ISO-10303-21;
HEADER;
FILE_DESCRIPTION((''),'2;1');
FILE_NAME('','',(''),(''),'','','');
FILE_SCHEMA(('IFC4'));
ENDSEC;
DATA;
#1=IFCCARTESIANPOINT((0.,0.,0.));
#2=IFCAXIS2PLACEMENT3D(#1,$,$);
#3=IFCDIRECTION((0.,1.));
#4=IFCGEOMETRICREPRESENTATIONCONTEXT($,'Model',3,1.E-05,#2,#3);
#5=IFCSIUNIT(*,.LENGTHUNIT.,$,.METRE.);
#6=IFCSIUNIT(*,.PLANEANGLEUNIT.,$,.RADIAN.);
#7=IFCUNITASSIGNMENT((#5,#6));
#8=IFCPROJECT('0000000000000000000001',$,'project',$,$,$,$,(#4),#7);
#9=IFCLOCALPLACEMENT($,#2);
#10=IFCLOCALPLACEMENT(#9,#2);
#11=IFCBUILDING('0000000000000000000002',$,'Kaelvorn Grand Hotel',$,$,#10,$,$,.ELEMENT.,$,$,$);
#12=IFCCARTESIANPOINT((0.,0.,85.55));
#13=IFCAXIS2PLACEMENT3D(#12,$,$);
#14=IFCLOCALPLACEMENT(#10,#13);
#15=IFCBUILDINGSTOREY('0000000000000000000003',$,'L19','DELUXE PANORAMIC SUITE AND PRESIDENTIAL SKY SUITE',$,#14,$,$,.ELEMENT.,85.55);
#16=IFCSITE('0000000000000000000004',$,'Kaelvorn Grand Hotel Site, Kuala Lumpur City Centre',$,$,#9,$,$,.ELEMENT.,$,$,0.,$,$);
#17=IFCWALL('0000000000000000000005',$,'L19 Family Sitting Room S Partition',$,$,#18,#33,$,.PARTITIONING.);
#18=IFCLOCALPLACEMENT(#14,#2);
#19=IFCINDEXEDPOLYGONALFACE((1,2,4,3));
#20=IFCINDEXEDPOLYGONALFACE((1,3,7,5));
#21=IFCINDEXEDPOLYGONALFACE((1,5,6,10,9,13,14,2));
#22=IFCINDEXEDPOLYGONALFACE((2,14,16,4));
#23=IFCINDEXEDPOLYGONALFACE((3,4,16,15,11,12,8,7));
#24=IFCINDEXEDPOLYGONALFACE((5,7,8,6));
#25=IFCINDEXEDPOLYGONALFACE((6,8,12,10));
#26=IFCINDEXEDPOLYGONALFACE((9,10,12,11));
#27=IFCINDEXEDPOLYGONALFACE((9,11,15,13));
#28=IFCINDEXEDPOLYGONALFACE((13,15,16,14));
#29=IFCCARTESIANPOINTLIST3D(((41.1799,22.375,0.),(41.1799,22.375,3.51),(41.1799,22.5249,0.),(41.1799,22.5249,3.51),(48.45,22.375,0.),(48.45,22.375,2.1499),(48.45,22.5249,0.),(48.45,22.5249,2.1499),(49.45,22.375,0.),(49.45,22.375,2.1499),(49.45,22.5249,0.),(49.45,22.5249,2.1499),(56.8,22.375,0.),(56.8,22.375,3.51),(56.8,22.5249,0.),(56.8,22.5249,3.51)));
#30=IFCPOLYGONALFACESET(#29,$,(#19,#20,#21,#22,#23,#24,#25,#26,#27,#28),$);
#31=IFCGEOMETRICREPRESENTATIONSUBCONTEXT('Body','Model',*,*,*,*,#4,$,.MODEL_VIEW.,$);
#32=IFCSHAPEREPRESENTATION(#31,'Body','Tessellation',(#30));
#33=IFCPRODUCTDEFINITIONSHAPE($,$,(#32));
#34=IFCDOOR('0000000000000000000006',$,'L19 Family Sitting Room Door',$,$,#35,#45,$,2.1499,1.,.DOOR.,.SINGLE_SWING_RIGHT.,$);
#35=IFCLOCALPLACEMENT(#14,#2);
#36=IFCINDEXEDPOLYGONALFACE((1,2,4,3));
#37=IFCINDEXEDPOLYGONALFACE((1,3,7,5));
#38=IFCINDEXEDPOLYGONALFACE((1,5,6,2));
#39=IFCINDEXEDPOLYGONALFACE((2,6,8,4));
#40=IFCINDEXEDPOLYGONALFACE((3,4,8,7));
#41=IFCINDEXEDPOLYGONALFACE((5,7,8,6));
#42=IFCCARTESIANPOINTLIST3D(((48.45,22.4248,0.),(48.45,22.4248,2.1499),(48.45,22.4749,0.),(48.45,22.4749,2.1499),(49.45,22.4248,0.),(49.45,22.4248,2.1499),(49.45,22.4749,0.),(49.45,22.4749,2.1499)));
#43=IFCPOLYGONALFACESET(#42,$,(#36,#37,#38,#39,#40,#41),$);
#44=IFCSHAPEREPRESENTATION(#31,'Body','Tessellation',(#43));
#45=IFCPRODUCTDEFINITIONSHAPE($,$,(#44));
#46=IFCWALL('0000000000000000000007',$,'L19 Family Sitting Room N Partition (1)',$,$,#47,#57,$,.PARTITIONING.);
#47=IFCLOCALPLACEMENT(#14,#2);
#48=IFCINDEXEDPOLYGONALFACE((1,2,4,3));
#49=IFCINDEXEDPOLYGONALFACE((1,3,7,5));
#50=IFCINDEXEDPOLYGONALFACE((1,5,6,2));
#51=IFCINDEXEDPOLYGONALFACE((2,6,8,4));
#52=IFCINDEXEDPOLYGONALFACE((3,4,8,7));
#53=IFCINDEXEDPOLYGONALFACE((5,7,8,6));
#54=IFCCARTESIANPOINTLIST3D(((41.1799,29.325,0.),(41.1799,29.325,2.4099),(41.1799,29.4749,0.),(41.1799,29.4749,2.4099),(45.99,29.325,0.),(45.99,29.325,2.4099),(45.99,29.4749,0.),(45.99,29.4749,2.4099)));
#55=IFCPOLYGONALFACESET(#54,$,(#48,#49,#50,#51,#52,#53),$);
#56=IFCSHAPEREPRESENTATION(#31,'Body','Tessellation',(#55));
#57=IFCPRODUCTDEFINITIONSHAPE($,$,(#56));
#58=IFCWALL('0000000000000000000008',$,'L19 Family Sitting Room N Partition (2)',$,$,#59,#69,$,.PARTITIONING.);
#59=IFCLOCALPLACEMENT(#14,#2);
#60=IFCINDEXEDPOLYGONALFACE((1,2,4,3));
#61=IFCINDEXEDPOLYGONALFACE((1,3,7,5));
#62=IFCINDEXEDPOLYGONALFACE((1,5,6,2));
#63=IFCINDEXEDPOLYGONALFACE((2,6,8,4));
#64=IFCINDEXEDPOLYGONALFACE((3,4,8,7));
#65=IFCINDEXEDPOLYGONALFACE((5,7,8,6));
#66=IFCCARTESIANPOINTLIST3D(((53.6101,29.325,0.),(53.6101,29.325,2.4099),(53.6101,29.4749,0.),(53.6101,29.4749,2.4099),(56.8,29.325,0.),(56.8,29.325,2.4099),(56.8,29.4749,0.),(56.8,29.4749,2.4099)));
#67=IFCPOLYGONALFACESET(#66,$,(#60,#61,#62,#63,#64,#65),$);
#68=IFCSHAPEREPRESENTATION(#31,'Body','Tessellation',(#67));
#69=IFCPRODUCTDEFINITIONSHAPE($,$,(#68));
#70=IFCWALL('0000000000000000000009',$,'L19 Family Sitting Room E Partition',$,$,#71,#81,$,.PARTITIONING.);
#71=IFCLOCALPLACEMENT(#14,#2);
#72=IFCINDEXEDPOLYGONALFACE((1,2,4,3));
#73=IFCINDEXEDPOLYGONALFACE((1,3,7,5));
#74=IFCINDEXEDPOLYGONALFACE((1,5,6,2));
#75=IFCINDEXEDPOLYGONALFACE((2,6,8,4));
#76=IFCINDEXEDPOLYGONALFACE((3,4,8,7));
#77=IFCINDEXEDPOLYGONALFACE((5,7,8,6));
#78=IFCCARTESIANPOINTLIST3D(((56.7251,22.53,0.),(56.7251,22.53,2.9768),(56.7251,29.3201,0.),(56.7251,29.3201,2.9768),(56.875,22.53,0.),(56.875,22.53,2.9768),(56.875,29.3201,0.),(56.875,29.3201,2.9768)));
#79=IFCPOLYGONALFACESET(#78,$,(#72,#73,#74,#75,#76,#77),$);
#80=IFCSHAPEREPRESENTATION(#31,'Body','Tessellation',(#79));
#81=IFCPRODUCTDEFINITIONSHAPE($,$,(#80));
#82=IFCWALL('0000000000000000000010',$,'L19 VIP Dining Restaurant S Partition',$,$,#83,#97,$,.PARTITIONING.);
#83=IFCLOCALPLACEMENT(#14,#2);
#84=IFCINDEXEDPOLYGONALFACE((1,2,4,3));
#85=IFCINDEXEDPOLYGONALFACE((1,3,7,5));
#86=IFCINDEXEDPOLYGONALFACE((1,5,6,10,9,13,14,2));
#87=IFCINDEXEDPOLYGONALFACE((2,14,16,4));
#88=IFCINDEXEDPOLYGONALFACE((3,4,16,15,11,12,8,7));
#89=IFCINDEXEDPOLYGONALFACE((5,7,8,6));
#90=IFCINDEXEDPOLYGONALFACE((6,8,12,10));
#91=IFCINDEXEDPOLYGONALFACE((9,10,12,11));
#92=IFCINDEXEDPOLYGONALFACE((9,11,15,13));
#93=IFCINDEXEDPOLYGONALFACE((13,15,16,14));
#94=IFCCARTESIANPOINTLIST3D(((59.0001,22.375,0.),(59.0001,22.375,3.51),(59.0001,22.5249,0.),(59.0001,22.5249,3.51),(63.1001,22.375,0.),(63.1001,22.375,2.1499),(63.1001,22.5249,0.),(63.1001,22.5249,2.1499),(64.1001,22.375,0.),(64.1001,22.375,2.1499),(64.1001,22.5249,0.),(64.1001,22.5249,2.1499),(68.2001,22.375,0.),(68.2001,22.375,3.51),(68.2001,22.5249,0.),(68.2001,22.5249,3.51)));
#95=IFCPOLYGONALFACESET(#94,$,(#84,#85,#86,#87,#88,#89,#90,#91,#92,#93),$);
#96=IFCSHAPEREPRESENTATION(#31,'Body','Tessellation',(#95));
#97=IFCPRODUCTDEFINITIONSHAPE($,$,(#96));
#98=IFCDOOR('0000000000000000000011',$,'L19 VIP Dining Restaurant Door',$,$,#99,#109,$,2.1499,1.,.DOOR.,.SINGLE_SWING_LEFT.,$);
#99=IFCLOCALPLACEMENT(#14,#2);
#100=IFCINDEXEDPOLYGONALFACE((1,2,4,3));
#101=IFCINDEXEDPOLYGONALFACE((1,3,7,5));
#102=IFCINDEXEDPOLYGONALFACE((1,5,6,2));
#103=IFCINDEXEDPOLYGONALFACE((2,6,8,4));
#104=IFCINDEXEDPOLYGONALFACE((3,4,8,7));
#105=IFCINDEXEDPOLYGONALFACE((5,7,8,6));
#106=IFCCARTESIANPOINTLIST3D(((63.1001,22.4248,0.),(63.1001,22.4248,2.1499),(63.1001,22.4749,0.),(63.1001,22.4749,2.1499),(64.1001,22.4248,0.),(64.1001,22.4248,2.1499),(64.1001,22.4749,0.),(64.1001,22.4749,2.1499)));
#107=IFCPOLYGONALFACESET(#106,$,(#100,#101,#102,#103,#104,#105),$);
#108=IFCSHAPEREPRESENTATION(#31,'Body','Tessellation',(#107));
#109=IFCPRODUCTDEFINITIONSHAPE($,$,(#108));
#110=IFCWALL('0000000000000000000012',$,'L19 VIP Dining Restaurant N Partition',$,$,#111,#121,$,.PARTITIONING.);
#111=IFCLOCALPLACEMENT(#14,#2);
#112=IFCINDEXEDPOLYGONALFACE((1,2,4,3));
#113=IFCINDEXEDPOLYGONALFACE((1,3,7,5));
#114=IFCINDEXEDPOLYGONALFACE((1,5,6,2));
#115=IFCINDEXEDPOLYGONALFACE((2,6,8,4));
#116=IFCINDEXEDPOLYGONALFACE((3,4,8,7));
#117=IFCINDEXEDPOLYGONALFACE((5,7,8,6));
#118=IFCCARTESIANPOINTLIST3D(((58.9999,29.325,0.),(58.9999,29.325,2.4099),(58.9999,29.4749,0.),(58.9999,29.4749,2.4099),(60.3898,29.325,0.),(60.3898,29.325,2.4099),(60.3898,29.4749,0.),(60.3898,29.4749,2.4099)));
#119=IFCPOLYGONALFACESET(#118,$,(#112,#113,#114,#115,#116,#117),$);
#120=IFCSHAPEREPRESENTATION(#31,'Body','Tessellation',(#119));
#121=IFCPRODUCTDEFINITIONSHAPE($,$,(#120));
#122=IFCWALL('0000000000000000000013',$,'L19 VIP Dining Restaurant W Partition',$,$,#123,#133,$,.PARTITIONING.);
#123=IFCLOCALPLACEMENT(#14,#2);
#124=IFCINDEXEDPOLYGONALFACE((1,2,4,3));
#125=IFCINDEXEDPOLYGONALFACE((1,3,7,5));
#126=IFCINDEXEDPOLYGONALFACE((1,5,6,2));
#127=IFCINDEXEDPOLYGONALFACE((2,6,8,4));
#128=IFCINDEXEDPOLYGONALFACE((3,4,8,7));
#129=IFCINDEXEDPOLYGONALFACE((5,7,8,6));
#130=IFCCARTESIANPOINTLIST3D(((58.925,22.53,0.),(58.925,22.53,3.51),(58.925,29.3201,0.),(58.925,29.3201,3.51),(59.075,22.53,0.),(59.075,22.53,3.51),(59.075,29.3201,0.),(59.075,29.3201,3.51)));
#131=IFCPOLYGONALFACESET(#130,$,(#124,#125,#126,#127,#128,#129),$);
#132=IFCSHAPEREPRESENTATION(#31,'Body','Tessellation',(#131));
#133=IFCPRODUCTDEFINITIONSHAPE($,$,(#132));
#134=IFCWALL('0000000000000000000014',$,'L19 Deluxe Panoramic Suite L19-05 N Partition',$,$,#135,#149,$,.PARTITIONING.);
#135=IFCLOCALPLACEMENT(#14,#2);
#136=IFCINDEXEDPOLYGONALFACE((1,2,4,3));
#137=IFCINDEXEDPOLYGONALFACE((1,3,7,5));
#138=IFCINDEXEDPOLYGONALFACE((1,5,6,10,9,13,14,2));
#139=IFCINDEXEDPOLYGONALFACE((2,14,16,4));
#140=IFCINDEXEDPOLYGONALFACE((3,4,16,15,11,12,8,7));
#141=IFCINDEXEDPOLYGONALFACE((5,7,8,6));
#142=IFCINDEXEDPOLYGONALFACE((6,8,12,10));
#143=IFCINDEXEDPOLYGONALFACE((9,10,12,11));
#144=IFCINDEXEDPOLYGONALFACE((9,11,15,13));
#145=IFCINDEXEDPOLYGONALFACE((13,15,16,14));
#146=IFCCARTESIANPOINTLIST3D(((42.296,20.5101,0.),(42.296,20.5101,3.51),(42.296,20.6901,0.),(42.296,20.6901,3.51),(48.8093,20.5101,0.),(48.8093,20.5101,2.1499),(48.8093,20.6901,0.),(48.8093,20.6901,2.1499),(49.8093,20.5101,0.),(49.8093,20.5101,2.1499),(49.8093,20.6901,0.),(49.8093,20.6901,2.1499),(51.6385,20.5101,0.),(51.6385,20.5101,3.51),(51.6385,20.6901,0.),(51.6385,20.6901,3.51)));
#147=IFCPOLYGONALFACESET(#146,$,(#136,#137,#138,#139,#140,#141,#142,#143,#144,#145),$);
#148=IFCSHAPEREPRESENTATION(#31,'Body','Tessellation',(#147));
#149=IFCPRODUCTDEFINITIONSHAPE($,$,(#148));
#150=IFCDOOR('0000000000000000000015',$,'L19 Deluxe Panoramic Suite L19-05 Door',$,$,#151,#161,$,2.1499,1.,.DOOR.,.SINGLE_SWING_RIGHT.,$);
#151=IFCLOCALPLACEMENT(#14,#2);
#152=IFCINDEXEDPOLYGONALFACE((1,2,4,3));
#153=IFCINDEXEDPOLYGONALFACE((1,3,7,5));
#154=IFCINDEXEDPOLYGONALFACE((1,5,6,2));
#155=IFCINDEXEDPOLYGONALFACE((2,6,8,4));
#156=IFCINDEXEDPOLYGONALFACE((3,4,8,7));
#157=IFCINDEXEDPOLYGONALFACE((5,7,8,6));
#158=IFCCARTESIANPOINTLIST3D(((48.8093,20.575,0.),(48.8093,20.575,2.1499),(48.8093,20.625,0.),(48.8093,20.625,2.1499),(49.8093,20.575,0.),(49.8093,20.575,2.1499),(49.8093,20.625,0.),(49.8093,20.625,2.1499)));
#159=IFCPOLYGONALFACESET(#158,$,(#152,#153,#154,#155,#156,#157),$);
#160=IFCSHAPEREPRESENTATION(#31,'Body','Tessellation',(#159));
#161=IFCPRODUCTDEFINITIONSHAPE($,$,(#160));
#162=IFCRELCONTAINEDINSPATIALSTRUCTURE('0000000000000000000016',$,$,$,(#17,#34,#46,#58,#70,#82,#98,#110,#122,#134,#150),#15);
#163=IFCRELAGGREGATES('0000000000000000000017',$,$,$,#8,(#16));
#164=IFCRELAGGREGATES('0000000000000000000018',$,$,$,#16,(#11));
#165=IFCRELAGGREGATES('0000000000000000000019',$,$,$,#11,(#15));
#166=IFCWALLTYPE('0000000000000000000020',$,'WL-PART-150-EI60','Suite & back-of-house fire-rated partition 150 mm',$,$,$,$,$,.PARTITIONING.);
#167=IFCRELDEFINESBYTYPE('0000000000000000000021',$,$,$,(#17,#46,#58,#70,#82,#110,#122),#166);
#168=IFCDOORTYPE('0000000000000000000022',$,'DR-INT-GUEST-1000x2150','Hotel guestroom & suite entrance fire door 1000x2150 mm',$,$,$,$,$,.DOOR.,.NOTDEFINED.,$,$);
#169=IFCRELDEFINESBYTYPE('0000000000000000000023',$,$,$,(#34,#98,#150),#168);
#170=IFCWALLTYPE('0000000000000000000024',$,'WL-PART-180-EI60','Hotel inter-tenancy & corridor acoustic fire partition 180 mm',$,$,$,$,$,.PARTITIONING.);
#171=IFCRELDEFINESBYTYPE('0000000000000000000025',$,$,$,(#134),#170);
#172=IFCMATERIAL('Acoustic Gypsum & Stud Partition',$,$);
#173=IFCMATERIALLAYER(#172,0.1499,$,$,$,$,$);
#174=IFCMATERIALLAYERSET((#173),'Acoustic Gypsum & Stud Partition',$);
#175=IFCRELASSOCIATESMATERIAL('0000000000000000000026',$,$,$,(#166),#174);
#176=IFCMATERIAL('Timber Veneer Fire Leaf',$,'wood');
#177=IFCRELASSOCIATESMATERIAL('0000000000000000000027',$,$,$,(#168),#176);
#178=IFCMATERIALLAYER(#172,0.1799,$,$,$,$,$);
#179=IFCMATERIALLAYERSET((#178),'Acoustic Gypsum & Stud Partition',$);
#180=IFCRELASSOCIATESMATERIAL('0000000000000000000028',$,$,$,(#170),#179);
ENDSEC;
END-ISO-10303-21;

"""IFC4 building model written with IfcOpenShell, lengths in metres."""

from ifc_helpers import new_model, si_unit, direction, frame, frame_2d, origin, place, context, subcontext, project, spatial, rectangle, extrude, material, layer, layer_set, type_object, element, fill, save


model = new_model("IFC4")

# Units and contexts
model_context = context("Model", 3, precision=1e-05, world=origin(), true_north=direction((0.0, 1.0)))
body_context = subcontext(model_context, "Body", "Model", "MODEL_VIEW")
ifc_project = project(units=[si_unit("LENGTHUNIT", "METRE"), si_unit("PLANEANGLEUNIT", "RADIAN")], contexts=[model_context])

# Site, building, storey
site_placement = place(None, origin())
site = spatial("IfcSite", under=ifc_project, at=site_placement, Name="Kaelvorn Grand Hotel Site, Kuala Lumpur City Centre", CompositionType="ELEMENT", RefElevation=0.0)
building_placement = place(site_placement, origin())
building = spatial("IfcBuilding", under=site, at=building_placement, Name="Kaelvorn Grand Hotel", CompositionType="ELEMENT")
storey_placement = place(building_placement, frame((0.0, 0.0, 85.55)))
storey = spatial("IfcBuildingStorey", under=building, at=storey_placement, Name="L19", Description="DELUXE PANORAMIC SUITE AND PRESIDENTIAL SKY SUITE", CompositionType="ELEMENT", Elevation=85.55)

# Wall, opening, door
ifc_material_1 = material(Name="Acoustic Gypsum & Stud Partition")
ifc_layer_1 = layer(ifc_material_1, 0.1499)
ifc_layer_set_1 = layer_set([ifc_layer_1], Name="Acoustic Gypsum & Stud Partition")
wall_type_1 = type_object("IfcWallType", Name="WL-PART-150-EI60", Description="Suite & back-of-house fire-rated partition 150 mm", PredefinedType="PARTITIONING", material=ifc_layer_set_1)
wall_1_placement = place(storey_placement, frame((41.1799, 22.45, 0.0), z_axis=(0.0, 0.0, 1.0), x_axis=(1.0, 0.0, 0.0)))
wall_1 = element("IfcWall", 1, at=wall_1_placement, inside=storey, type_object=wall_type_1, Name="L19 Family Sitting Room S Partition", PredefinedType="PARTITIONING", context=body_context, shape_type="SweptSolid", body=[
    extrude(rectangle(XDim=15.6201, YDim=0.1499, at=frame_2d((7.8101, 0.0))), origin(), (0.0, 0.0, 1.0), 3.51),
])
opening_1_placement = place(wall_1_placement, frame((7.27, 0.0, 0.0)))
opening_1 = element("IfcOpeningElement", 2, at=opening_1_placement, cuts=wall_1, PredefinedType="OPENING", context=body_context, shape_type="SweptSolid", body=[
    extrude(rectangle(XDim=1.0, YDim=2.1499, at=frame_2d((0.5, 1.075))), frame((0.0, 0.085, 0.0), z_axis=(0.0, -1.0, 0.0), x_axis=(1.0, 0.0, 0.0)), (0.0, 0.0, 1.0), 0.1699),
])
ifc_material_2 = material(Name="Timber Veneer Fire Leaf", Category="wood")
door_type_1 = type_object("IfcDoorType", Name="DR-INT-GUEST-1000x2150", Description="Hotel guestroom & suite entrance fire door 1000x2150 mm", OperationType="NOTDEFINED", PredefinedType="DOOR", material=ifc_material_2)
door_1_placement = place(opening_1_placement, origin())
door_1 = element("IfcDoor", 3, at=door_1_placement, inside=storey, type_object=door_type_1, Name="L19 Family Sitting Room Door", OperationType="SINGLE_SWING_RIGHT", OverallHeight=2.1499, OverallWidth=1.0, PredefinedType="DOOR", context=body_context, shape_type="SweptSolid", body=[
    extrude(rectangle(XDim=1.0, YDim=2.1499, at=frame_2d((0.5, 1.075))), frame((0.0, 0.0249, 0.0), z_axis=(0.0, -1.0, 0.0), x_axis=(1.0, 0.0, 0.0)), (0.0, 0.0, 1.0), 0.05),
])
fill(opening_1, door_1)

# Walls
wall_2_placement = place(storey_placement, frame((41.1799, 29.3999, 0.0), z_axis=(0.0, 0.0, 1.0), x_axis=(1.0, 0.0, 0.0)))
element("IfcWall", 4, at=wall_2_placement, inside=storey, type_object=wall_type_1, Name="L19 Family Sitting Room N Partition (1)", PredefinedType="PARTITIONING", context=body_context, shape_type="SweptSolid", body=[
    extrude(rectangle(XDim=4.8101, YDim=0.1499, at=frame_2d((2.405, 0.0))), origin(), (0.0, 0.0, 1.0), 2.4099),
])
wall_3_placement = place(storey_placement, frame((53.6101, 29.3999, 0.0), z_axis=(0.0, 0.0, 1.0), x_axis=(1.0, 0.0, 0.0)))
element("IfcWall", 5, at=wall_3_placement, inside=storey, type_object=wall_type_1, Name="L19 Family Sitting Room N Partition (2)", PredefinedType="PARTITIONING", context=body_context, shape_type="SweptSolid", body=[
    extrude(rectangle(XDim=3.1899, YDim=0.1499, at=frame_2d((1.595, 0.0))), origin(), (0.0, 0.0, 1.0), 2.4099),
])
wall_4_placement = place(storey_placement, frame((56.8, 22.53, 0.0), z_axis=(0.0, 0.0, 1.0), x_axis=(0.0, 1.0, 0.0)))
element("IfcWall", 6, at=wall_4_placement, inside=storey, type_object=wall_type_1, Name="L19 Family Sitting Room E Partition", PredefinedType="PARTITIONING", context=body_context, shape_type="SweptSolid", body=[
    extrude(rectangle(XDim=6.79, YDim=0.1499, at=frame_2d((3.395, 0.0))), origin(), (0.0, 0.0, 1.0), 2.9768),
])

# Wall, opening, door
wall_5_placement = place(storey_placement, frame((59.0, 22.45, 0.0), z_axis=(0.0, 0.0, 1.0), x_axis=(1.0, 0.0, 0.0)))
wall_5 = element("IfcWall", 7, at=wall_5_placement, inside=storey, type_object=wall_type_1, Name="L19 VIP Dining Restaurant S Partition", PredefinedType="PARTITIONING", context=body_context, shape_type="SweptSolid", body=[
    extrude(rectangle(XDim=9.2, YDim=0.1499, at=frame_2d((4.6001, 0.0))), origin(), (0.0, 0.0, 1.0), 3.51),
])
opening_2_placement = place(wall_5_placement, frame((4.1001, 0.0, 0.0)))
opening_2 = element("IfcOpeningElement", 8, at=opening_2_placement, cuts=wall_5, PredefinedType="OPENING", context=body_context, shape_type="SweptSolid", body=[
    extrude(rectangle(XDim=1.0, YDim=2.1499, at=frame_2d((0.5, 1.075))), frame((0.0, 0.085, 0.0), z_axis=(0.0, -1.0, 0.0), x_axis=(1.0, 0.0, 0.0)), (0.0, 0.0, 1.0), 0.1699),
])
door_2_placement = place(opening_2_placement, origin())
door_2 = element("IfcDoor", 9, at=door_2_placement, inside=storey, type_object=door_type_1, Name="L19 VIP Dining Restaurant Door", OperationType="SINGLE_SWING_LEFT", OverallHeight=2.1499, OverallWidth=1.0, PredefinedType="DOOR", context=body_context, shape_type="SweptSolid", body=[
    extrude(rectangle(XDim=1.0, YDim=2.1499, at=frame_2d((0.5, 1.075))), frame((0.0, 0.0249, 0.0), z_axis=(0.0, -1.0, 0.0), x_axis=(1.0, 0.0, 0.0)), (0.0, 0.0, 1.0), 0.05),
])
fill(opening_2, door_2)

# Walls
wall_6_placement = place(storey_placement, frame((59.0, 29.3999, 0.0), z_axis=(0.0, 0.0, 1.0), x_axis=(1.0, 0.0, 0.0)))
element("IfcWall", 10, at=wall_6_placement, inside=storey, type_object=wall_type_1, Name="L19 VIP Dining Restaurant N Partition", PredefinedType="PARTITIONING", context=body_context, shape_type="SweptSolid", body=[
    extrude(rectangle(XDim=1.3899, YDim=0.1499, at=frame_2d((0.6948, 0.0))), origin(), (0.0, 0.0, 1.0), 2.4099),
])
wall_7_placement = place(storey_placement, frame((59.0, 22.53, 0.0), z_axis=(0.0, 0.0, 1.0), x_axis=(0.0, 1.0, 0.0)))
element("IfcWall", 11, at=wall_7_placement, inside=storey, type_object=wall_type_1, Name="L19 VIP Dining Restaurant W Partition", PredefinedType="PARTITIONING", context=body_context, shape_type="SweptSolid", body=[
    extrude(rectangle(XDim=6.79, YDim=0.1499, at=frame_2d((3.395, 0.0))), origin(), (0.0, 0.0, 1.0), 3.51),
])

# Wall, opening, door
ifc_layer_2 = layer(ifc_material_1, 0.1799)
ifc_layer_set_2 = layer_set([ifc_layer_2], Name="Acoustic Gypsum & Stud Partition")
wall_type_2 = type_object("IfcWallType", Name="WL-PART-180-EI60", Description="Hotel inter-tenancy & corridor acoustic fire partition 180 mm", PredefinedType="PARTITIONING", material=ifc_layer_set_2)
wall_8_placement = place(storey_placement, frame((42.2959, 20.6001, 0.0), z_axis=(0.0, 0.0, 1.0), x_axis=(1.0, 0.0, 0.0)))
wall_8 = element("IfcWall", 12, at=wall_8_placement, inside=storey, type_object=wall_type_2, Name="L19 Deluxe Panoramic Suite L19-05 N Partition", PredefinedType="PARTITIONING", context=body_context, shape_type="SweptSolid", body=[
    extrude(rectangle(XDim=9.3425, YDim=0.1799, at=frame_2d((4.6714, 0.0))), origin(), (0.0, 0.0, 1.0), 3.51),
])
opening_3_placement = place(wall_8_placement, frame((6.5134, 0.0, 0.0)))
opening_3 = element("IfcOpeningElement", 13, at=opening_3_placement, cuts=wall_8, PredefinedType="OPENING", context=body_context, shape_type="SweptSolid", body=[
    extrude(rectangle(XDim=1.0, YDim=2.1499, at=frame_2d((0.5, 1.075))), frame((0.0, 0.1001, 0.0), z_axis=(0.0, -1.0, 0.0), x_axis=(1.0, 0.0, 0.0)), (0.0, 0.0, 1.0), 0.2),
])
door_3_placement = place(opening_3_placement, origin())
door_3 = element("IfcDoor", 14, at=door_3_placement, inside=storey, type_object=door_type_1, Name="L19 Deluxe Panoramic Suite L19-05 Door", OperationType="SINGLE_SWING_RIGHT", OverallHeight=2.1499, OverallWidth=1.0, PredefinedType="DOOR", context=body_context, shape_type="SweptSolid", body=[
    extrude(rectangle(XDim=1.0, YDim=2.1499, at=frame_2d((0.5, 1.075))), frame((0.0, 0.0249, 0.0), z_axis=(0.0, -1.0, 0.0), x_axis=(1.0, 0.0, 0.0)), (0.0, 0.0, 1.0), 0.05),
])
fill(opening_3, door_3)

save(model, "model.ifc")
